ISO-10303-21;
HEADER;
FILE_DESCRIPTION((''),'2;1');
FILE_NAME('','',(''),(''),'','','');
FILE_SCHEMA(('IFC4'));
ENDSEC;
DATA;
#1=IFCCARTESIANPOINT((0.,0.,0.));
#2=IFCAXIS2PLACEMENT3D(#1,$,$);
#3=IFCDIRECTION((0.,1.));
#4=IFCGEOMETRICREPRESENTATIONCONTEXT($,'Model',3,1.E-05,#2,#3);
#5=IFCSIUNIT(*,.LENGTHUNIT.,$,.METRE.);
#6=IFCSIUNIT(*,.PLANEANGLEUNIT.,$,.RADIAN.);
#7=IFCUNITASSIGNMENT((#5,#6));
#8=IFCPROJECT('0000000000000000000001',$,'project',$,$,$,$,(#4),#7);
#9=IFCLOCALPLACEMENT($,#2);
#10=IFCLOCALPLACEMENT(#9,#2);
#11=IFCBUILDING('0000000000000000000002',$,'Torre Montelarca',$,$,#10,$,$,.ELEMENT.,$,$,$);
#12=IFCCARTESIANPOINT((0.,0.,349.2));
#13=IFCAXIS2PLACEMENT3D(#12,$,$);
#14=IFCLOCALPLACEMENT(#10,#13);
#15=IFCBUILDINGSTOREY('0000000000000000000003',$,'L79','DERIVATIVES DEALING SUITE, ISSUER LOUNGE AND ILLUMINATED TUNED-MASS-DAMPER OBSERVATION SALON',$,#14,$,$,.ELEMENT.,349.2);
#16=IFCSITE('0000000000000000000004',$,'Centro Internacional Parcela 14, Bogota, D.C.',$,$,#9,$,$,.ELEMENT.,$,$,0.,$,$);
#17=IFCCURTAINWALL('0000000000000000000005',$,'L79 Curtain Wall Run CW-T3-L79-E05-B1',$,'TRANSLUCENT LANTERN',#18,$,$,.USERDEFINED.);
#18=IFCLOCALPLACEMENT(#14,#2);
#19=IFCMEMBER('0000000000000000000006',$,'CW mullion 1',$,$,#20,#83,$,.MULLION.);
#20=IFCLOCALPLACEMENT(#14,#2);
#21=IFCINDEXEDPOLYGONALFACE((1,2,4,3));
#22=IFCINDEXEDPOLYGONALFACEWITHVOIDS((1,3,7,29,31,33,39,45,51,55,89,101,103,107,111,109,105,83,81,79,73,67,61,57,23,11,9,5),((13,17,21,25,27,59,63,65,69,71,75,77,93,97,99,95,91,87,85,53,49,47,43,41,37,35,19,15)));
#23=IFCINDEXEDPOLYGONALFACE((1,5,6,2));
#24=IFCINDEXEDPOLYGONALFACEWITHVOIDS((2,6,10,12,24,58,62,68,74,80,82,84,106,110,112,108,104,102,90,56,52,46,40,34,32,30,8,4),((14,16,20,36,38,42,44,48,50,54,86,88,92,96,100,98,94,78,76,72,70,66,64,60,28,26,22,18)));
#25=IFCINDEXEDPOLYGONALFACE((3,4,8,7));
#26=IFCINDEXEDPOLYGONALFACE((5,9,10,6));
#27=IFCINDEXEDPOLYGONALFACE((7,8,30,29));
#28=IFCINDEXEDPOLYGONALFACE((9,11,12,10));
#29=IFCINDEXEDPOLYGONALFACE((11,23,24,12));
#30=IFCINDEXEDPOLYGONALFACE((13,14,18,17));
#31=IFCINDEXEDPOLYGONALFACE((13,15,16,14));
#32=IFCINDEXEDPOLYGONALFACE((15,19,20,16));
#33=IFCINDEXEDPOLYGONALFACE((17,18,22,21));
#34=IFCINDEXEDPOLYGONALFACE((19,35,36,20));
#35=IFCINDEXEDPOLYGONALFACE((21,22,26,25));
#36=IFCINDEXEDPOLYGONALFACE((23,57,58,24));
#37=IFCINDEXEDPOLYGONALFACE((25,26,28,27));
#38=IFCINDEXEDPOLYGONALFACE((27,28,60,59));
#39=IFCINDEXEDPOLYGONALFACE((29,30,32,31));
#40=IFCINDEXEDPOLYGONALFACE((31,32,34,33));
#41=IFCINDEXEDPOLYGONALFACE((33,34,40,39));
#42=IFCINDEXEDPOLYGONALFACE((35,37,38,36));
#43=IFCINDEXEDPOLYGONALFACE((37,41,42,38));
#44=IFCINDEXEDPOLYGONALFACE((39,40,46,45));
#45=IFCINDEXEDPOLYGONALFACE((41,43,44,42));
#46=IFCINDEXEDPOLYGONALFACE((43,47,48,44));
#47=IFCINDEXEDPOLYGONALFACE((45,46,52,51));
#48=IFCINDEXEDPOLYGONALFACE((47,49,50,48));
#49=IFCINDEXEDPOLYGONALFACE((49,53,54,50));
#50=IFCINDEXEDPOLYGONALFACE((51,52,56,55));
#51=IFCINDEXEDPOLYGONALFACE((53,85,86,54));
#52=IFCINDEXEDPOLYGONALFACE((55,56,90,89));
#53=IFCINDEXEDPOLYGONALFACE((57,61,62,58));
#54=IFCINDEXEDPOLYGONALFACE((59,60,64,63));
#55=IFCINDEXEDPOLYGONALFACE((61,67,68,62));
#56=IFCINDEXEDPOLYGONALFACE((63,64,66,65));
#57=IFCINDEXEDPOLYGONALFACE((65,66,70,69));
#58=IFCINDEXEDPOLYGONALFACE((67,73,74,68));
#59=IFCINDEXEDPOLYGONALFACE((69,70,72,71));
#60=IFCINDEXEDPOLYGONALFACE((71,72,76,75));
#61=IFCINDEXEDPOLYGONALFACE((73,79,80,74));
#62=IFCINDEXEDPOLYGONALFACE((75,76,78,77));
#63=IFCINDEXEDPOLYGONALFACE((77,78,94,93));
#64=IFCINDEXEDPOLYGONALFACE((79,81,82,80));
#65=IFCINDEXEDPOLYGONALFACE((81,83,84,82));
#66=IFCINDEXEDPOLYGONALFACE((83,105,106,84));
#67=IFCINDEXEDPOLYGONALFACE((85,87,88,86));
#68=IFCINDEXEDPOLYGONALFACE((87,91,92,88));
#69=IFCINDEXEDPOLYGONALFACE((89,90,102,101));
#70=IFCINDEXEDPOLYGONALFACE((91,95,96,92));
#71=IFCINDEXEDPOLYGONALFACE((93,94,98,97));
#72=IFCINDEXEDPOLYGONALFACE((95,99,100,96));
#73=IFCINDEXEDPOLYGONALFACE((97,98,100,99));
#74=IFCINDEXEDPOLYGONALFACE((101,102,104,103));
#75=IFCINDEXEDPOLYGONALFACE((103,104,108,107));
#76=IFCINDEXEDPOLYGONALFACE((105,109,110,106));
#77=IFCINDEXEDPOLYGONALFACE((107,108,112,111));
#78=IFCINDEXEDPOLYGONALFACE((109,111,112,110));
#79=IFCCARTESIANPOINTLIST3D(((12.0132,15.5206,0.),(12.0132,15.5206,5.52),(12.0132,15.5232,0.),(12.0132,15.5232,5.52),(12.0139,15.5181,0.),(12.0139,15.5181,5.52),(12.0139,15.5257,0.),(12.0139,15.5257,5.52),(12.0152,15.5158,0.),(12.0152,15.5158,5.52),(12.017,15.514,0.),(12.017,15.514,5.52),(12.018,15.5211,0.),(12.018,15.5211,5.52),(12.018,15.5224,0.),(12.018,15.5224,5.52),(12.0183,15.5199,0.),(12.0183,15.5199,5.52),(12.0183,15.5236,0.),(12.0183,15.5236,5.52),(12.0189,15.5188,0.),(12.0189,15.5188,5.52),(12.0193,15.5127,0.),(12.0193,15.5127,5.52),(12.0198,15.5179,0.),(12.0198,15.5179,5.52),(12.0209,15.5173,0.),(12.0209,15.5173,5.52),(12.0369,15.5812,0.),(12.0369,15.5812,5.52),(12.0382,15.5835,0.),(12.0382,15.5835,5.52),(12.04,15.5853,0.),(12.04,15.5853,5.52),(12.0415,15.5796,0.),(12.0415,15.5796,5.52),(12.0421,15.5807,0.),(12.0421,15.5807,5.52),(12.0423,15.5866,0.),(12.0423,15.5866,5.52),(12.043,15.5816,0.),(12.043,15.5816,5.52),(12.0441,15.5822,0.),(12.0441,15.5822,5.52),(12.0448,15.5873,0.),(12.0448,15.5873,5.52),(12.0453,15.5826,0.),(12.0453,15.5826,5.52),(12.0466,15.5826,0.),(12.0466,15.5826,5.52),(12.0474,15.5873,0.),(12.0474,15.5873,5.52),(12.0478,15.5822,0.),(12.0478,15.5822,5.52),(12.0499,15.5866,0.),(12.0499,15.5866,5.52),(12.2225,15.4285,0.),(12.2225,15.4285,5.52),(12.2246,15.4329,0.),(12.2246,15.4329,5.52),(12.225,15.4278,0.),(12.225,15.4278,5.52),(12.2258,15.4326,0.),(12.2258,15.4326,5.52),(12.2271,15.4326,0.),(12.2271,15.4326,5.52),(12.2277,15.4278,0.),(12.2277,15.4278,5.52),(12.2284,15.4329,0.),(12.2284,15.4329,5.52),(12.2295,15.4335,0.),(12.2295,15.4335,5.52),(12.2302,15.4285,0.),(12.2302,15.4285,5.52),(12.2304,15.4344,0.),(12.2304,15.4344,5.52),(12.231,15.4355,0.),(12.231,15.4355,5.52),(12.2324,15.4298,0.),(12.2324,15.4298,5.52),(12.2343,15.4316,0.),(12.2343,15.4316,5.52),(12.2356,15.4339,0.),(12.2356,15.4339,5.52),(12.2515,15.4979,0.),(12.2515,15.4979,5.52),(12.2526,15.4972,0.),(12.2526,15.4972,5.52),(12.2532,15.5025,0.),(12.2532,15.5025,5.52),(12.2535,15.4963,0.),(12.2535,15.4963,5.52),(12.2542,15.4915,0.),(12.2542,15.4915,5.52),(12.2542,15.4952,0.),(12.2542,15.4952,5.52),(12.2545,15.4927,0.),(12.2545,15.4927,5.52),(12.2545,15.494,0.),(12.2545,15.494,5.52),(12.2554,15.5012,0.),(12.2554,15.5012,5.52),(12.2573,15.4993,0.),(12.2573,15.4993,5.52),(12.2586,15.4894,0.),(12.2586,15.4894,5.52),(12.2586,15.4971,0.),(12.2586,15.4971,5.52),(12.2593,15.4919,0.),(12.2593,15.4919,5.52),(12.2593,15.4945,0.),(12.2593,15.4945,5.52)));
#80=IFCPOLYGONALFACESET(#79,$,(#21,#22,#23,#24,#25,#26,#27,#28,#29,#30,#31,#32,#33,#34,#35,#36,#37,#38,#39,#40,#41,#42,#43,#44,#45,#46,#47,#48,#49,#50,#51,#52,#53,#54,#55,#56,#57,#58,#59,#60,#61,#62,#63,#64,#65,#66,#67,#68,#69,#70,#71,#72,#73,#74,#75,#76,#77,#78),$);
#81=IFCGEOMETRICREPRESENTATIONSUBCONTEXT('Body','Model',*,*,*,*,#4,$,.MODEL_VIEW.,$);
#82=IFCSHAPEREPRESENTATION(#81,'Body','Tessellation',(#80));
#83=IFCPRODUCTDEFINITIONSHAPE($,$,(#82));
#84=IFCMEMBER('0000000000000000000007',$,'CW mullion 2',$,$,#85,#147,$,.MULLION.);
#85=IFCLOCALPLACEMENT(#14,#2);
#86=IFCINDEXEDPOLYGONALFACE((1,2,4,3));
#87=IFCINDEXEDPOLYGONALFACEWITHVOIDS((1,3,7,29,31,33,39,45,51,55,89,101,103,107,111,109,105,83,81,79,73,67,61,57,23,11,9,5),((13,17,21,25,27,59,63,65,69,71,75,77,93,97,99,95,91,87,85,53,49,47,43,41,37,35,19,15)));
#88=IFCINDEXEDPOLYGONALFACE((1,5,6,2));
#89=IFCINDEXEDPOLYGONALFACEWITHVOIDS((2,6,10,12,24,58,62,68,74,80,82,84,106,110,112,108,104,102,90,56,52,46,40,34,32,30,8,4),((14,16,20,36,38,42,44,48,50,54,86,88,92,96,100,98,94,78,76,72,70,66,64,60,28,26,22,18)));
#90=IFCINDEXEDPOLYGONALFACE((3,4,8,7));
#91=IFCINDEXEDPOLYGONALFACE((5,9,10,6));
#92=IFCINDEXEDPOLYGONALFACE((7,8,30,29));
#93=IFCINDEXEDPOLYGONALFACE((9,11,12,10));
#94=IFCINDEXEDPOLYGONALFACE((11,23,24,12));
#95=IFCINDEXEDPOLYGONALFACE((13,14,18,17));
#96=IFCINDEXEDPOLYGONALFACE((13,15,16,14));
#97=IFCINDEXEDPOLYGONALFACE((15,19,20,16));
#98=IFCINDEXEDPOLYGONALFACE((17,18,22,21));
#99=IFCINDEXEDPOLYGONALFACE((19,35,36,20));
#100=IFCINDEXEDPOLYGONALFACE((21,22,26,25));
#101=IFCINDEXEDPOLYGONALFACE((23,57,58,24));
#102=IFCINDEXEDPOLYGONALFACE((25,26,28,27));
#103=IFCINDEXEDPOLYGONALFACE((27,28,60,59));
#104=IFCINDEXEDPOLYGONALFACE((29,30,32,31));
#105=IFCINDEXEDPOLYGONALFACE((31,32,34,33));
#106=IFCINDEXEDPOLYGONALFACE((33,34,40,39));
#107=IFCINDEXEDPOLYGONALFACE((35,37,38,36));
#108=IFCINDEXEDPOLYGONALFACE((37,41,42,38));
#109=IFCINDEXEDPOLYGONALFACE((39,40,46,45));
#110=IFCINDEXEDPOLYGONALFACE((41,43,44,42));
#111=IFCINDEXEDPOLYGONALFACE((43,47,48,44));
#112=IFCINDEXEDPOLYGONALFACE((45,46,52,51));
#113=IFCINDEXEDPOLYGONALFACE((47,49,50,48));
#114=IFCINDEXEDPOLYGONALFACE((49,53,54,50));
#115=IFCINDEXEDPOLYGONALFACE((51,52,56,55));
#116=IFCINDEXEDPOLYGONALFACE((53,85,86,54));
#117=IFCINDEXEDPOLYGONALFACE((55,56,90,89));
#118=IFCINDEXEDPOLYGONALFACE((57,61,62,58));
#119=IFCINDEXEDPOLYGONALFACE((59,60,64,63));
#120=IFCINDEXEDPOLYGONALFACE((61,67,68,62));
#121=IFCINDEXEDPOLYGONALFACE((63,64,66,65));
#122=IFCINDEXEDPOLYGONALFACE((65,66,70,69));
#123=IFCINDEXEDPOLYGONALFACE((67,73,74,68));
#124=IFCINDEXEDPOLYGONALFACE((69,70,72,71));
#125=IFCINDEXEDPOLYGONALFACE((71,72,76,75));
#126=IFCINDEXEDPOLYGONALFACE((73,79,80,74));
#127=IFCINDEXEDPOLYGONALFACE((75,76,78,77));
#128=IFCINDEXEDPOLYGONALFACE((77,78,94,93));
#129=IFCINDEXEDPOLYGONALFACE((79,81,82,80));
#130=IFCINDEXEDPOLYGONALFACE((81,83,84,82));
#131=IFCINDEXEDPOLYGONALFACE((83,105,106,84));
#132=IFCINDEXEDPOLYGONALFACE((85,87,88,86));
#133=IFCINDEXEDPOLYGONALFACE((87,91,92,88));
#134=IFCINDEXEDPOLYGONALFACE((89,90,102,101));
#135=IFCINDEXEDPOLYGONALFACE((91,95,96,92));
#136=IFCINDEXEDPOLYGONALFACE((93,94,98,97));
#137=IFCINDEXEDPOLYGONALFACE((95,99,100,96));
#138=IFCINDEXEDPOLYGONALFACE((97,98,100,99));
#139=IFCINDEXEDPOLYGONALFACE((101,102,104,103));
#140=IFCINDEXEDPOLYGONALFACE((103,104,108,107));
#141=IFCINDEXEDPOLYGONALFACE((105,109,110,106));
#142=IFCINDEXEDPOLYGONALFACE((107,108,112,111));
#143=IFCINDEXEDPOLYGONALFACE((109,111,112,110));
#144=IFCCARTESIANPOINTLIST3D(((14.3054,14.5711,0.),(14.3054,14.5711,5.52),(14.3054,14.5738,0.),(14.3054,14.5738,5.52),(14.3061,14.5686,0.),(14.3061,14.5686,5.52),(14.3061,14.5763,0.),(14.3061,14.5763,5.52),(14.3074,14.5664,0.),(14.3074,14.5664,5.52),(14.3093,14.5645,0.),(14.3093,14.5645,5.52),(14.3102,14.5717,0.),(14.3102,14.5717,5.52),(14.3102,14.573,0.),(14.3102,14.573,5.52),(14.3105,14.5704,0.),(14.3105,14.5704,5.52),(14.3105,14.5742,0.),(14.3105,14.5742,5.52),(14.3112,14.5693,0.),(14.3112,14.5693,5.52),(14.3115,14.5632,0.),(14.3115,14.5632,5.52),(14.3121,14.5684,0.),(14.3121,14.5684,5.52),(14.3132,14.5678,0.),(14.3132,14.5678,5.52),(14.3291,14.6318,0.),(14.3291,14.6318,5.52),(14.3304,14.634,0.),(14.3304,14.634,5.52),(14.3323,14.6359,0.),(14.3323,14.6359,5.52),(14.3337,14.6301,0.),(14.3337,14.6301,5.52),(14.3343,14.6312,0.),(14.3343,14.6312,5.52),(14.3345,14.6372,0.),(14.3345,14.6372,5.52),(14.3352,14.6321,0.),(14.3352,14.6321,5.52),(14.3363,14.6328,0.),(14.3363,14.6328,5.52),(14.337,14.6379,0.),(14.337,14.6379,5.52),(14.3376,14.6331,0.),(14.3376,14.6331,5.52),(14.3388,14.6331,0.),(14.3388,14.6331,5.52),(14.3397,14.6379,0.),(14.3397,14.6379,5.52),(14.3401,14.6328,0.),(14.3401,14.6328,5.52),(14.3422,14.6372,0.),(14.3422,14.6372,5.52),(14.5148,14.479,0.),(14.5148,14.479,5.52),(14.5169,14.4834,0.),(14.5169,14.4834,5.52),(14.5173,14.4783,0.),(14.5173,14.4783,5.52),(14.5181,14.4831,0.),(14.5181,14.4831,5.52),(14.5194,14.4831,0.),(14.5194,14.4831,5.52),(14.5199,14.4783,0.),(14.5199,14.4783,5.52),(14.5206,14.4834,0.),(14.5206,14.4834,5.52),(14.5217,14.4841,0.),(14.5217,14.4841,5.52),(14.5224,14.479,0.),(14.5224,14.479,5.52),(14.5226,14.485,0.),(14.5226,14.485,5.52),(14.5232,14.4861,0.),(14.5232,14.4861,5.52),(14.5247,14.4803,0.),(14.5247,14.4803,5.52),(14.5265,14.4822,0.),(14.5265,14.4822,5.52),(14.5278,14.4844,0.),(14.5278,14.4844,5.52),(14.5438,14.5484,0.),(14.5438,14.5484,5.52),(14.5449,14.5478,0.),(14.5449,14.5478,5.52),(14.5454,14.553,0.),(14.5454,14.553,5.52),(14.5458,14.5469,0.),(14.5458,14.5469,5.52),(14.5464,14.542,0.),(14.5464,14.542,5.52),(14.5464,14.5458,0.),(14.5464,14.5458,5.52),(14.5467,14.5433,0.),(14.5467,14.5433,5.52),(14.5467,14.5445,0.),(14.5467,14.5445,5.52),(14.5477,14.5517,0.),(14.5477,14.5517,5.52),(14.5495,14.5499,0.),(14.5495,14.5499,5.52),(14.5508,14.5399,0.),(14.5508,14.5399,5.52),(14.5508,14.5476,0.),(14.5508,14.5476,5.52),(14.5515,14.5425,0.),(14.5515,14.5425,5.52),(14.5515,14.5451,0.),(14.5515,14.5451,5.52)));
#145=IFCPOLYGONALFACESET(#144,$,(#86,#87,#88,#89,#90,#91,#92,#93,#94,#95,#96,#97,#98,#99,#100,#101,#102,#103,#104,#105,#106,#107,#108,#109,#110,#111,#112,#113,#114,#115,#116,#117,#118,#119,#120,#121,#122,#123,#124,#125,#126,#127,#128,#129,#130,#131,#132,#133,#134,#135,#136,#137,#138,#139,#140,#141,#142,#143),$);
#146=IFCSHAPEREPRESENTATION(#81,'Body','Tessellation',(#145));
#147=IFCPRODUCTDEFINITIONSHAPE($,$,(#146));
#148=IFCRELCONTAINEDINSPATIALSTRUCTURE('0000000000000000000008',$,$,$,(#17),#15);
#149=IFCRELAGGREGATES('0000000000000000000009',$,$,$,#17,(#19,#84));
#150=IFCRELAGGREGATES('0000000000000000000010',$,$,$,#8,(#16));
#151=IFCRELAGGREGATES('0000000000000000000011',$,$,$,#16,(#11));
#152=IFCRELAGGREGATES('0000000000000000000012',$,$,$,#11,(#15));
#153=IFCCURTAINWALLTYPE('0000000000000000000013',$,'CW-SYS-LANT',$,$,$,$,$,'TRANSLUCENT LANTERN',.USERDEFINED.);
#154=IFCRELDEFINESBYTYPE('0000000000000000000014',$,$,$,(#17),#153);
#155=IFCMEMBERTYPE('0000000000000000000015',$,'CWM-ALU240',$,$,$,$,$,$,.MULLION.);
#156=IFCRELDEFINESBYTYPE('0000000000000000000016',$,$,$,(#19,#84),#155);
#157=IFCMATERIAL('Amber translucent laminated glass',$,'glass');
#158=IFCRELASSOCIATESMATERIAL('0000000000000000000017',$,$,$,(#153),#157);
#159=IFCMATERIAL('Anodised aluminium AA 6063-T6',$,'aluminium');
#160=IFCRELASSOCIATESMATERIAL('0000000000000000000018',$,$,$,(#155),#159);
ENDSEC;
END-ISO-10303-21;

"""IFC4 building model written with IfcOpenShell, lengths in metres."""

from ifc_helpers import new_model, si_unit, direction, frame, origin, origin_2d, place, context, subcontext, project, spatial, hollow_rectangle, extrude, source, transform, mapped, material, material_profile, profile_set, type_object, element, aggregate, save


model = new_model("IFC4")

# Units and contexts
model_context = context("Model", 3, precision=1e-05, world=origin(), true_north=direction((0.0, 1.0)))
body_context = subcontext(model_context, "Body", "Model", "MODEL_VIEW")
ifc_project = project(units=[si_unit("LENGTHUNIT", "METRE"), si_unit("PLANEANGLEUNIT", "RADIAN")], contexts=[model_context])

# Site, building, storey
site_placement = place(None, origin())
site = spatial("IfcSite", under=ifc_project, at=site_placement, Name="Centro Internacional Parcela 14, Bogota, D.C.", CompositionType="ELEMENT", RefElevation=0.0)
building_placement = place(site_placement, origin())
building = spatial("IfcBuilding", under=site, at=building_placement, Name="Torre Montelarca", CompositionType="ELEMENT")
storey_placement = place(building_placement, frame((0.0, 0.0, 349.2)))
storey = spatial("IfcBuildingStorey", under=building, at=storey_placement, Name="L79", Description="DERIVATIVES DEALING SUITE, ISSUER LOUNGE AND ILLUMINATED TUNED-MASS-DAMPER OBSERVATION SALON", CompositionType="ELEMENT", Elevation=349.2)

# Curtain wall, members
ifc_material_1 = material(Name="Amber translucent laminated glass", Category="glass")
curtain_wall_type = type_object("IfcCurtainWallType", Name="CW-SYS-LANT", ElementType="TRANSLUCENT LANTERN", PredefinedType="USERDEFINED", material=ifc_material_1)
ifc_material_2 = material(Name="Anodised aluminium AA 6063-T6", Category="aluminium")
ifc_material_profile_1 = material_profile(ifc_material_2, hollow_rectangle(XDim=0.0801, YDim=0.24, WallThickness=0.0049, InnerFilletRadius=0.0049, OuterFilletRadius=0.01, at=origin_2d()), Name="ALU80X240X5", Category="aluminium")
ifc_profile_set_1 = profile_set([ifc_material_profile_1], Name="Anodised aluminium AA 6063-T6")
member_type_1 = type_object("IfcMemberType", Name="CWM-ALU240", PredefinedType="MULLION", material=ifc_profile_set_1)
shared_shape_1 = source(origin(), body_context, "Body", "SweptSolid", [
    extrude(hollow_rectangle(XDim=0.0801, YDim=0.24, WallThickness=0.0049, InnerFilletRadius=0.0049, OuterFilletRadius=0.01, at=origin_2d()), origin(), (0.0, 0.0, 1.0), 5.52),
])
curtain_wall_1_placement = place(storey_placement, origin())
curtain_wall_1 = element("IfcCurtainWall", 1, at=curtain_wall_1_placement, inside=storey, type_object=curtain_wall_type, Name="L79 Curtain Wall Run CW-T3-L79-E05-B1", ObjectType="TRANSLUCENT LANTERN", PredefinedType="USERDEFINED")
member_1_placement = place(storey_placement, frame((12.1362, 15.5076, 0.0), z_axis=(0.0, 0.0, 1.0), x_axis=(0.382671, 0.923885, 0.0)))
member_1 = element("IfcMember", 2, at=member_1_placement, type_object=member_type_1, Name="CW mullion 1", PredefinedType="MULLION", context=body_context, shape_type="MappedRepresentation", body=[
    mapped(shared_shape_1, transform((0.0, 0.0, 0.0), scale=1.0)),
])
member_2_placement = place(storey_placement, frame((14.4285, 14.5581, 0.0), z_axis=(0.0, 0.0, 1.0), x_axis=(0.382671, 0.923885, 0.0)))
member_2 = element("IfcMember", 3, at=member_2_placement, type_object=member_type_1, Name="CW mullion 2", PredefinedType="MULLION", context=body_context, shape_type="MappedRepresentation", body=[
    mapped(shared_shape_1, transform((0.0, 0.0, 0.0), scale=1.0)),
])

aggregate(curtain_wall_1, [member_1, member_2])

save(model, "model.ifc")
